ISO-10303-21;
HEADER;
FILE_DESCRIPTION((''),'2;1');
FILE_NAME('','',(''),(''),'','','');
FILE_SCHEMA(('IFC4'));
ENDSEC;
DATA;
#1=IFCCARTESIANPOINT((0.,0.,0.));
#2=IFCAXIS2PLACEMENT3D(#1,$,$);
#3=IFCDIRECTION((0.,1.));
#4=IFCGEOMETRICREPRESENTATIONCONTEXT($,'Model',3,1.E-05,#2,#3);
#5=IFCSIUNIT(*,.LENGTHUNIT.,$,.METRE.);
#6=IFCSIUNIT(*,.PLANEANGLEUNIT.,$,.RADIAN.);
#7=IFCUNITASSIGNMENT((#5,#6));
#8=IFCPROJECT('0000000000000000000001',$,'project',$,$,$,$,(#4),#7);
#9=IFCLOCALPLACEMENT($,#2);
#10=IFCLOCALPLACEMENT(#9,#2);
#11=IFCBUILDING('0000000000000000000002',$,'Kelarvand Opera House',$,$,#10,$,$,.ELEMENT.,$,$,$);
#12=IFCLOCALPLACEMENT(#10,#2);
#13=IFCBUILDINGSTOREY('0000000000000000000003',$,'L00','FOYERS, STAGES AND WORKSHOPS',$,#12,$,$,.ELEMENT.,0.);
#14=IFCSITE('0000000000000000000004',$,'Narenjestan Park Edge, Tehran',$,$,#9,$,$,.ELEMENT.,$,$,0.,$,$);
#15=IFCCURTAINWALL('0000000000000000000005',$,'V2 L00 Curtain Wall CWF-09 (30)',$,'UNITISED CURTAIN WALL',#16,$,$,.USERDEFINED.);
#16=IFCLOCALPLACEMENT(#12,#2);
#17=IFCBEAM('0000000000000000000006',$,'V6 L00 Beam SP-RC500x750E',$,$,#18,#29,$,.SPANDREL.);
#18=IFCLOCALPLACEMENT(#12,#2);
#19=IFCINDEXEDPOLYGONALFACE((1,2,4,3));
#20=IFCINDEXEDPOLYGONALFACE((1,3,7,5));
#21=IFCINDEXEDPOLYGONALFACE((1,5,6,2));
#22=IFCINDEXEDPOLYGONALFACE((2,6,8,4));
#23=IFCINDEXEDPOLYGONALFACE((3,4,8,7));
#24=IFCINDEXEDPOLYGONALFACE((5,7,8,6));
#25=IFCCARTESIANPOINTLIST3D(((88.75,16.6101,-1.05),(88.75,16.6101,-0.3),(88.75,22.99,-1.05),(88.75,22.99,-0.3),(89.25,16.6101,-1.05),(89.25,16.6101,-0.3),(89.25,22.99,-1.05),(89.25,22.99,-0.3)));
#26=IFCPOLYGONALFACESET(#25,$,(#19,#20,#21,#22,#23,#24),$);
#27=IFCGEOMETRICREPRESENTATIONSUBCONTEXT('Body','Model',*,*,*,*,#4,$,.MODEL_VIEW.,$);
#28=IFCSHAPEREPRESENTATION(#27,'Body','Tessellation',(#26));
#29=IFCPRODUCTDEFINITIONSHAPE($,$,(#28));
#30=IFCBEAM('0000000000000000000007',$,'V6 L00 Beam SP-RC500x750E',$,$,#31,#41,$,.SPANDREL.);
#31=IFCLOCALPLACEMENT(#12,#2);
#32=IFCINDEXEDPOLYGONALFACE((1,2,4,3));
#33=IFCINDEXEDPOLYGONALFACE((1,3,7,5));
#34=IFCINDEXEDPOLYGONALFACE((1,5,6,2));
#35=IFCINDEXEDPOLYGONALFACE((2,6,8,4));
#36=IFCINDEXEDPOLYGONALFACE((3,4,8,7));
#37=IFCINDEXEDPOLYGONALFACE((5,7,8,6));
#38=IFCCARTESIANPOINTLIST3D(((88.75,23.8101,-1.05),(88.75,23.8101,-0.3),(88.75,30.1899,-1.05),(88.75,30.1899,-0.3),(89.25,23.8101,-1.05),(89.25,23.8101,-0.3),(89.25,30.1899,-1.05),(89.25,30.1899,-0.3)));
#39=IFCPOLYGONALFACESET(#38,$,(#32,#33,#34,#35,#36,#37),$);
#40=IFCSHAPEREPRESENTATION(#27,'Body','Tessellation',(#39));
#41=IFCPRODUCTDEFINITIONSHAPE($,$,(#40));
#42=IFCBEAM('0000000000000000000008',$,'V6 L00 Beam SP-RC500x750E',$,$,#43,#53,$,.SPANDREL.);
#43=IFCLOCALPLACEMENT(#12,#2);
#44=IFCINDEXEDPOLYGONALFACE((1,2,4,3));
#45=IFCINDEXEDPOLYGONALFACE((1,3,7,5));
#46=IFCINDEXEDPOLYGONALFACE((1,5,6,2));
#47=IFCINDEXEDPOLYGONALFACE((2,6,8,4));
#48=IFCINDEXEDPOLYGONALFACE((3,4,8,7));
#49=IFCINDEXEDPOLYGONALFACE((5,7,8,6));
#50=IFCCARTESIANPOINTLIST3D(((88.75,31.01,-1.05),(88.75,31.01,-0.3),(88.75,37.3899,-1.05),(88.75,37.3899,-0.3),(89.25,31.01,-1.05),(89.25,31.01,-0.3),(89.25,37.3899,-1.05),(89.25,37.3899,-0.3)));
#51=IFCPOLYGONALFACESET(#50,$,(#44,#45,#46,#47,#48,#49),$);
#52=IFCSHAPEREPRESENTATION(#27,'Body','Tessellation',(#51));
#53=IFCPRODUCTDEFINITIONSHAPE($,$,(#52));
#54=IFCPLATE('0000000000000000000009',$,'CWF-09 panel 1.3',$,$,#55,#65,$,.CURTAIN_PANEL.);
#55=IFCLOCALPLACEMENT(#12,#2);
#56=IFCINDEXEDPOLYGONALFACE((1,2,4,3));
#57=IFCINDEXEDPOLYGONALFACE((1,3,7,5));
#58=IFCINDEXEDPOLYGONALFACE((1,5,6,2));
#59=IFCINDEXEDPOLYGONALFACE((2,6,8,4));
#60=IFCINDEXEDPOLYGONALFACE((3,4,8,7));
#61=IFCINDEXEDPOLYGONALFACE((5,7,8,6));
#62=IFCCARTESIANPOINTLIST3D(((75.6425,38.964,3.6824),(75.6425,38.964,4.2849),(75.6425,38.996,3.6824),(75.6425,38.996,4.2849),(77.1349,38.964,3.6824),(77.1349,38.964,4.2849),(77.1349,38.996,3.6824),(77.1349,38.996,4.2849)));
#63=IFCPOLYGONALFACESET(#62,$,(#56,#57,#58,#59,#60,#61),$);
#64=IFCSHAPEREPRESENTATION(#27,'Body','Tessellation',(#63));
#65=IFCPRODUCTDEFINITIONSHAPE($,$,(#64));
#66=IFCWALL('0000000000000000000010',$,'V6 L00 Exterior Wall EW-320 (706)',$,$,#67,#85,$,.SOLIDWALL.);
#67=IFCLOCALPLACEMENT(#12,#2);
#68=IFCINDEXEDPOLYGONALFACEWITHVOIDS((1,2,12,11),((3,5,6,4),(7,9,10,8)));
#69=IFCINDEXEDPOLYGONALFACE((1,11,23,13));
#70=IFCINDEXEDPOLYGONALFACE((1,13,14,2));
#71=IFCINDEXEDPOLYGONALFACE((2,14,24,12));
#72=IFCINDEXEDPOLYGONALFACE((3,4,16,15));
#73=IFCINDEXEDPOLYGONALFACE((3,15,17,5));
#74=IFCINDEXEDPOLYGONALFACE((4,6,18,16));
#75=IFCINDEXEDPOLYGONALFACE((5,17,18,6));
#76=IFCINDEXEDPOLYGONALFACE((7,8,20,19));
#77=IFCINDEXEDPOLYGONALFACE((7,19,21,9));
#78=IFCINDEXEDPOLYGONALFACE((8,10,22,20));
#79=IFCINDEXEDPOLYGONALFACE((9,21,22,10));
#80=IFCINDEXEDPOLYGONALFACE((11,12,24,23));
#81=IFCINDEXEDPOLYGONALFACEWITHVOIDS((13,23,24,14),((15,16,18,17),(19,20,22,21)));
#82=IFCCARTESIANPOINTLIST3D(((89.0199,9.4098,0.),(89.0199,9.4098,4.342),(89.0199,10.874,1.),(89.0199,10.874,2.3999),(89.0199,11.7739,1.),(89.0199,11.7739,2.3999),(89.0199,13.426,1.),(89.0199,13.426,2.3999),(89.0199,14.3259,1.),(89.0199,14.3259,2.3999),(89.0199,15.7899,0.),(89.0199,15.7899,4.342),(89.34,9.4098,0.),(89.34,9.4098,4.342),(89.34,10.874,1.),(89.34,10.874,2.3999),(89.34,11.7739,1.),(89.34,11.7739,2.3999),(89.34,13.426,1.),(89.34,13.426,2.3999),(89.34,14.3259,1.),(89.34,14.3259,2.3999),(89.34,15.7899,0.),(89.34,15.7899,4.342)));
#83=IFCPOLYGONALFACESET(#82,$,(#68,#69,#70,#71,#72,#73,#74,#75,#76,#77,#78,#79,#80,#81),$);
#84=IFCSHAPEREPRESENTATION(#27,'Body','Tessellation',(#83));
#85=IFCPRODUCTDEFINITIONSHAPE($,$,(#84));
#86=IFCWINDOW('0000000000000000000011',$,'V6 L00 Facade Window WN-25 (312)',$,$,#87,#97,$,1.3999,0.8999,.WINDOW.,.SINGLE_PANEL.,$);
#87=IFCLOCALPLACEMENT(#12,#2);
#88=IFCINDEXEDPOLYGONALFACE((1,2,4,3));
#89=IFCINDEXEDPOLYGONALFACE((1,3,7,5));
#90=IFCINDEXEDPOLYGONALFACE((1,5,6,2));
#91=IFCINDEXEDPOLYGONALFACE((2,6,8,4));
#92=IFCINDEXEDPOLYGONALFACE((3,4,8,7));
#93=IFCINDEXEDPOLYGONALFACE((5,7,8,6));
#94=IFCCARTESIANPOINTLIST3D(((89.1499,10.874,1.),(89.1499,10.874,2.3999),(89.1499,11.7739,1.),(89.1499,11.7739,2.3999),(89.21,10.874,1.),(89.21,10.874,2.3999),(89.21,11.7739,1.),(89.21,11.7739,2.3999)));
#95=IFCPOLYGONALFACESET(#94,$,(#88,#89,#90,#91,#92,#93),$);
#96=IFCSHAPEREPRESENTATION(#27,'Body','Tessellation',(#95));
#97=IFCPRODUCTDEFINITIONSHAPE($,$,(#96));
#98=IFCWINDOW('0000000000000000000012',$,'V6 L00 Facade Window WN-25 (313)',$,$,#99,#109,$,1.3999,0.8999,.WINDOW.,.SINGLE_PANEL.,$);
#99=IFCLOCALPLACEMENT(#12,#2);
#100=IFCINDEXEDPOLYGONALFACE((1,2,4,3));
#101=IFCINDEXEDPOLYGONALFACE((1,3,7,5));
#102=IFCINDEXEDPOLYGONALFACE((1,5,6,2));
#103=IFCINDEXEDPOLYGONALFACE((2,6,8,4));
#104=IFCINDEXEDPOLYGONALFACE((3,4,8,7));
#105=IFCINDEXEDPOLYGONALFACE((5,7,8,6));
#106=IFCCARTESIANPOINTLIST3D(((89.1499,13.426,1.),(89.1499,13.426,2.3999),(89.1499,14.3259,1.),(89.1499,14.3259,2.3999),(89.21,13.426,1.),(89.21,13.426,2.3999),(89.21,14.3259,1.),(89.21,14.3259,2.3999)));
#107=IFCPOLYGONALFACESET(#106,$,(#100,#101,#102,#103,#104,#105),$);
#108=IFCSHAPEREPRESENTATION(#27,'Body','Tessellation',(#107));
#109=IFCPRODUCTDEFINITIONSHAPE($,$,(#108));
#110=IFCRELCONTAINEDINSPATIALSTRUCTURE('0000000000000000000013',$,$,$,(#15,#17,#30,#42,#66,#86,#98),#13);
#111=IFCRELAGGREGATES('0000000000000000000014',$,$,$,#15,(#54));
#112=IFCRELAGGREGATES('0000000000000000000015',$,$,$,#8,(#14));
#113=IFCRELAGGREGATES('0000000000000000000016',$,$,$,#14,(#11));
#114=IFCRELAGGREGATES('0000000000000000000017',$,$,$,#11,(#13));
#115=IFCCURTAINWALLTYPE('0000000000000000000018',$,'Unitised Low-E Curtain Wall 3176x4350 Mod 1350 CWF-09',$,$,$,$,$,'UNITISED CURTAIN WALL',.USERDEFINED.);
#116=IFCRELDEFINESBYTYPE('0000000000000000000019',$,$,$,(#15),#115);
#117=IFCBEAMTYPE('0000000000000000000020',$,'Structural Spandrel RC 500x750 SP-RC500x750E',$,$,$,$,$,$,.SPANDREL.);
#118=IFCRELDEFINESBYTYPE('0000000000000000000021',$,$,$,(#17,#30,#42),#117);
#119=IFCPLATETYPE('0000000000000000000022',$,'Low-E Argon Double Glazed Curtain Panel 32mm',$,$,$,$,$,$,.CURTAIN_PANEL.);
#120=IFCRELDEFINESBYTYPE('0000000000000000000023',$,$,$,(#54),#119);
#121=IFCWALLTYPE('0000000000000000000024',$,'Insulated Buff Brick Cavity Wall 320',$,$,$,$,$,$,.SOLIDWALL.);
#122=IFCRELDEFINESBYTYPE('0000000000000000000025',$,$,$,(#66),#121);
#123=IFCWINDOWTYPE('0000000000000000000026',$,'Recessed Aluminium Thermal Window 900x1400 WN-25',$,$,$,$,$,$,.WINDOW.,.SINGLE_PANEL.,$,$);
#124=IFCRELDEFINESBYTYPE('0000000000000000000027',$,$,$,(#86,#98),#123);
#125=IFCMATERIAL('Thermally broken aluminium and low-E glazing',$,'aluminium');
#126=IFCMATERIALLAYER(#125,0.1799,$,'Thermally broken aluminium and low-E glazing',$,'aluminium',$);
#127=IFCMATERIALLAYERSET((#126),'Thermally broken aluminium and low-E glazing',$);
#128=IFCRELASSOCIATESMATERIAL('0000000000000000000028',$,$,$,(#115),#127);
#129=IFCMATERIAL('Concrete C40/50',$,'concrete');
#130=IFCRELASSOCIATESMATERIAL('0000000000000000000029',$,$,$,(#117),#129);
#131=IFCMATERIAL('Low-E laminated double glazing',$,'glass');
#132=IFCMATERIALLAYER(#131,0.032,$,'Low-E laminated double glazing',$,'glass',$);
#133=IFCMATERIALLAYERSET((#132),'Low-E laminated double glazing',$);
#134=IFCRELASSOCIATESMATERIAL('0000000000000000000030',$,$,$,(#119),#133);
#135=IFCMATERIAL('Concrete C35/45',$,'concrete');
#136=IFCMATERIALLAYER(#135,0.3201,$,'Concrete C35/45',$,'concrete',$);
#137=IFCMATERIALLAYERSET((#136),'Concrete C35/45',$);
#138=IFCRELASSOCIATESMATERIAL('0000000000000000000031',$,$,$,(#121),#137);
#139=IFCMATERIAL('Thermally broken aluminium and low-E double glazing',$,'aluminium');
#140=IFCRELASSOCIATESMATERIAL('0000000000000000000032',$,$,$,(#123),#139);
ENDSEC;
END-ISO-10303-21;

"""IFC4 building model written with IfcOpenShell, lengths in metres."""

from ifc_helpers import new_model, si_unit, direction, frame, frame_2d, origin, origin_2d, place, context, subcontext, project, spatial, rectangle, extrude, material, layer, layer_set, material_profile, profile_set, type_object, element, fill, aggregate, save


model = new_model("IFC4")

# Units and contexts
model_context = context("Model", 3, precision=1e-05, world=origin(), true_north=direction((0.0, 1.0)))
body_context = subcontext(model_context, "Body", "Model", "MODEL_VIEW")
ifc_project = project(units=[si_unit("LENGTHUNIT", "METRE"), si_unit("PLANEANGLEUNIT", "RADIAN")], contexts=[model_context])

# Site, building, storey
site_placement = place(None, origin())
site = spatial("IfcSite", under=ifc_project, at=site_placement, Name="Narenjestan Park Edge, Tehran", CompositionType="ELEMENT", RefElevation=0.0)
building_placement = place(site_placement, origin())
building = spatial("IfcBuilding", under=site, at=building_placement, Name="Kelarvand Opera House", CompositionType="ELEMENT")
storey_placement = place(building_placement, origin())
storey = spatial("IfcBuildingStorey", under=building, at=storey_placement, Name="L00", Description="FOYERS, STAGES AND WORKSHOPS", CompositionType="ELEMENT", Elevation=0.0)

# Shared definitions
ifc_material_1 = material(Name="Concrete C40/50", Category="concrete")

# Shared definitions
ifc_material_2 = material(Name="Thermally broken aluminium and low-E glazing", Category="aluminium")
ifc_layer_1 = layer(ifc_material_2, 0.1799, Name="Thermally broken aluminium and low-E glazing", Category="aluminium")
ifc_layer_set_1 = layer_set([ifc_layer_1], Name="Thermally broken aluminium and low-E glazing")
curtain_wall_type = type_object("IfcCurtainWallType", Name="Unitised Low-E Curtain Wall 3176x4350 Mod 1350 CWF-09", ElementType="UNITISED CURTAIN WALL", PredefinedType="USERDEFINED", material=ifc_layer_set_1)

# Curtain wall
curtain_wall_1_placement = place(storey_placement, origin())
curtain_wall_1 = element("IfcCurtainWall", 1, at=curtain_wall_1_placement, inside=storey, type_object=curtain_wall_type, Name="V2 L00 Curtain Wall CWF-09 (30)", ObjectType="UNITISED CURTAIN WALL", PredefinedType="USERDEFINED")

# Beams
ifc_material_profile_1 = material_profile(ifc_material_1, rectangle(XDim=0.5, YDim=0.75, at=origin_2d()), Name="RC 500x750", Category="concrete")
ifc_profile_set_1 = profile_set([ifc_material_profile_1], Name="Concrete C40/50")
beam_type = type_object("IfcBeamType", Name="Structural Spandrel RC 500x750 SP-RC500x750E", PredefinedType="SPANDREL", material=ifc_profile_set_1)
for number, where, z_axis, x_axis, name in (
    (2, (89.0, 16.6101, -0.675), (0.0, 1.0, 0.0), (-1.0, 0.0, 0.0), "V6 L00 Beam SP-RC500x750E"),
    (3, (89.0, 23.8101, -0.675), (0.0, 1.0, 0.0), (-1.0, 0.0, 0.0), "V6 L00 Beam SP-RC500x750E"),
    (4, (89.0, 31.01, -0.675), (0.0, 1.0, 0.0), (-1.0, 0.0, 0.0), "V6 L00 Beam SP-RC500x750E"),
):
    element("IfcBeam", number, at=place(storey_placement, frame(where, z_axis=z_axis, x_axis=x_axis)), inside=storey, type_object=beam_type, Name=name, PredefinedType="SPANDREL", context=body_context, shape_type="SweptSolid", body=[
        extrude(rectangle(XDim=0.5, YDim=0.75, at=origin_2d()), origin(), (0.0, 0.0, 1.0), 6.3799),
    ])

# Plate
ifc_material_3 = material(Name="Low-E laminated double glazing", Category="glass")
ifc_layer_2 = layer(ifc_material_3, 0.032, Name="Low-E laminated double glazing", Category="glass")
ifc_layer_set_2 = layer_set([ifc_layer_2], Name="Low-E laminated double glazing")
plate_type = type_object("IfcPlateType", Name="Low-E Argon Double Glazed Curtain Panel 32mm", PredefinedType="CURTAIN_PANEL", material=ifc_layer_set_2)
plate_placement = place(storey_placement, frame((76.3887, 38.98, 3.6824), z_axis=(0.0, 0.0, 1.0), x_axis=(-1.0, 0.0, 0.0)))
plate = element("IfcPlate", 5, at=plate_placement, type_object=plate_type, Name="CWF-09 panel 1.3", PredefinedType="CURTAIN_PANEL", context=body_context, shape_type="SweptSolid", body=[
    extrude(rectangle(XDim=1.4924, YDim=0.032, at=origin_2d()), origin(), (0.0, 0.0, 1.0), 0.6025),
])
aggregate(curtain_wall_1, [plate])

# Wall, openings, windows
ifc_material_4 = material(Name="Concrete C35/45", Category="concrete")
ifc_layer_3 = layer(ifc_material_4, 0.3201, Name="Concrete C35/45", Category="concrete")
ifc_layer_set_3 = layer_set([ifc_layer_3], Name="Concrete C35/45")
wall_type = type_object("IfcWallType", Name="Insulated Buff Brick Cavity Wall 320", PredefinedType="SOLIDWALL", material=ifc_layer_set_3)
wall_placement = place(storey_placement, frame((89.1799, 9.4099, 0.0), z_axis=(0.0, 0.0, 1.0), x_axis=(0.0, 1.0, 0.0)))
wall = element("IfcWall", 6, at=wall_placement, inside=storey, type_object=wall_type, Name="V6 L00 Exterior Wall EW-320 (706)", PredefinedType="SOLIDWALL", context=body_context, shape_type="SweptSolid", body=[
    extrude(rectangle(XDim=6.3801, YDim=0.3201, at=frame_2d((3.1899, 0.0))), origin(), (0.0, 0.0, 1.0), 4.342),
])
opening_1_placement = place(wall_placement, frame((1.4641, 0.0, 1.0)))
opening_1 = element("IfcOpeningElement", 7, at=opening_1_placement, cuts=wall, PredefinedType="OPENING", context=body_context, shape_type="SweptSolid", body=[
    extrude(rectangle(XDim=0.8999, YDim=1.3999, at=frame_2d((0.45, 0.7))), frame((0.0, 0.1699, 0.0), z_axis=(0.0, -1.0, 0.0), x_axis=(1.0, 0.0, 0.0)), (0.0, 0.0, 1.0), 0.3401),
])
opening_2_placement = place(wall_placement, frame((4.0161, 0.0, 1.0)))
opening_2 = element("IfcOpeningElement", 8, at=opening_2_placement, cuts=wall, PredefinedType="OPENING", context=body_context, shape_type="SweptSolid", body=[
    extrude(rectangle(XDim=0.8999, YDim=1.3999, at=frame_2d((0.45, 0.7))), frame((0.0, 0.1699, 0.0), z_axis=(0.0, -1.0, 0.0), x_axis=(1.0, 0.0, 0.0)), (0.0, 0.0, 1.0), 0.3401),
])
ifc_material_5 = material(Name="Thermally broken aluminium and low-E double glazing", Category="aluminium")
window_type = type_object("IfcWindowType", Name="Recessed Aluminium Thermal Window 900x1400 WN-25", PartitioningType="SINGLE_PANEL", PredefinedType="WINDOW", material=ifc_material_5)
window_1_placement = place(opening_1_placement, origin())
window_1 = element("IfcWindow", 9, at=window_1_placement, inside=storey, type_object=window_type, Name="V6 L00 Facade Window WN-25 (312)", OverallHeight=1.3999, OverallWidth=0.8999, PartitioningType="SINGLE_PANEL", PredefinedType="WINDOW", context=body_context, shape_type="SweptSolid", body=[
    extrude(rectangle(XDim=0.8999, YDim=1.3999, at=frame_2d((0.45, 0.7))), frame((0.0, 0.03, 0.0), z_axis=(0.0, -1.0, 0.0), x_axis=(1.0, 0.0, 0.0)), (0.0, 0.0, 1.0), 0.0601),
])
fill(opening_1, window_1)
window_2_placement = place(opening_2_placement, origin())
window_2 = element("IfcWindow", 10, at=window_2_placement, inside=storey, type_object=window_type, Name="V6 L00 Facade Window WN-25 (313)", OverallHeight=1.3999, OverallWidth=0.8999, PartitioningType="SINGLE_PANEL", PredefinedType="WINDOW", context=body_context, shape_type="SweptSolid", body=[
    extrude(rectangle(XDim=0.8999, YDim=1.3999, at=frame_2d((0.45, 0.7))), frame((0.0, 0.03, 0.0), z_axis=(0.0, -1.0, 0.0), x_axis=(1.0, 0.0, 0.0)), (0.0, 0.0, 1.0), 0.0601),
])
fill(opening_2, window_2)

save(model, "model.ifc")
